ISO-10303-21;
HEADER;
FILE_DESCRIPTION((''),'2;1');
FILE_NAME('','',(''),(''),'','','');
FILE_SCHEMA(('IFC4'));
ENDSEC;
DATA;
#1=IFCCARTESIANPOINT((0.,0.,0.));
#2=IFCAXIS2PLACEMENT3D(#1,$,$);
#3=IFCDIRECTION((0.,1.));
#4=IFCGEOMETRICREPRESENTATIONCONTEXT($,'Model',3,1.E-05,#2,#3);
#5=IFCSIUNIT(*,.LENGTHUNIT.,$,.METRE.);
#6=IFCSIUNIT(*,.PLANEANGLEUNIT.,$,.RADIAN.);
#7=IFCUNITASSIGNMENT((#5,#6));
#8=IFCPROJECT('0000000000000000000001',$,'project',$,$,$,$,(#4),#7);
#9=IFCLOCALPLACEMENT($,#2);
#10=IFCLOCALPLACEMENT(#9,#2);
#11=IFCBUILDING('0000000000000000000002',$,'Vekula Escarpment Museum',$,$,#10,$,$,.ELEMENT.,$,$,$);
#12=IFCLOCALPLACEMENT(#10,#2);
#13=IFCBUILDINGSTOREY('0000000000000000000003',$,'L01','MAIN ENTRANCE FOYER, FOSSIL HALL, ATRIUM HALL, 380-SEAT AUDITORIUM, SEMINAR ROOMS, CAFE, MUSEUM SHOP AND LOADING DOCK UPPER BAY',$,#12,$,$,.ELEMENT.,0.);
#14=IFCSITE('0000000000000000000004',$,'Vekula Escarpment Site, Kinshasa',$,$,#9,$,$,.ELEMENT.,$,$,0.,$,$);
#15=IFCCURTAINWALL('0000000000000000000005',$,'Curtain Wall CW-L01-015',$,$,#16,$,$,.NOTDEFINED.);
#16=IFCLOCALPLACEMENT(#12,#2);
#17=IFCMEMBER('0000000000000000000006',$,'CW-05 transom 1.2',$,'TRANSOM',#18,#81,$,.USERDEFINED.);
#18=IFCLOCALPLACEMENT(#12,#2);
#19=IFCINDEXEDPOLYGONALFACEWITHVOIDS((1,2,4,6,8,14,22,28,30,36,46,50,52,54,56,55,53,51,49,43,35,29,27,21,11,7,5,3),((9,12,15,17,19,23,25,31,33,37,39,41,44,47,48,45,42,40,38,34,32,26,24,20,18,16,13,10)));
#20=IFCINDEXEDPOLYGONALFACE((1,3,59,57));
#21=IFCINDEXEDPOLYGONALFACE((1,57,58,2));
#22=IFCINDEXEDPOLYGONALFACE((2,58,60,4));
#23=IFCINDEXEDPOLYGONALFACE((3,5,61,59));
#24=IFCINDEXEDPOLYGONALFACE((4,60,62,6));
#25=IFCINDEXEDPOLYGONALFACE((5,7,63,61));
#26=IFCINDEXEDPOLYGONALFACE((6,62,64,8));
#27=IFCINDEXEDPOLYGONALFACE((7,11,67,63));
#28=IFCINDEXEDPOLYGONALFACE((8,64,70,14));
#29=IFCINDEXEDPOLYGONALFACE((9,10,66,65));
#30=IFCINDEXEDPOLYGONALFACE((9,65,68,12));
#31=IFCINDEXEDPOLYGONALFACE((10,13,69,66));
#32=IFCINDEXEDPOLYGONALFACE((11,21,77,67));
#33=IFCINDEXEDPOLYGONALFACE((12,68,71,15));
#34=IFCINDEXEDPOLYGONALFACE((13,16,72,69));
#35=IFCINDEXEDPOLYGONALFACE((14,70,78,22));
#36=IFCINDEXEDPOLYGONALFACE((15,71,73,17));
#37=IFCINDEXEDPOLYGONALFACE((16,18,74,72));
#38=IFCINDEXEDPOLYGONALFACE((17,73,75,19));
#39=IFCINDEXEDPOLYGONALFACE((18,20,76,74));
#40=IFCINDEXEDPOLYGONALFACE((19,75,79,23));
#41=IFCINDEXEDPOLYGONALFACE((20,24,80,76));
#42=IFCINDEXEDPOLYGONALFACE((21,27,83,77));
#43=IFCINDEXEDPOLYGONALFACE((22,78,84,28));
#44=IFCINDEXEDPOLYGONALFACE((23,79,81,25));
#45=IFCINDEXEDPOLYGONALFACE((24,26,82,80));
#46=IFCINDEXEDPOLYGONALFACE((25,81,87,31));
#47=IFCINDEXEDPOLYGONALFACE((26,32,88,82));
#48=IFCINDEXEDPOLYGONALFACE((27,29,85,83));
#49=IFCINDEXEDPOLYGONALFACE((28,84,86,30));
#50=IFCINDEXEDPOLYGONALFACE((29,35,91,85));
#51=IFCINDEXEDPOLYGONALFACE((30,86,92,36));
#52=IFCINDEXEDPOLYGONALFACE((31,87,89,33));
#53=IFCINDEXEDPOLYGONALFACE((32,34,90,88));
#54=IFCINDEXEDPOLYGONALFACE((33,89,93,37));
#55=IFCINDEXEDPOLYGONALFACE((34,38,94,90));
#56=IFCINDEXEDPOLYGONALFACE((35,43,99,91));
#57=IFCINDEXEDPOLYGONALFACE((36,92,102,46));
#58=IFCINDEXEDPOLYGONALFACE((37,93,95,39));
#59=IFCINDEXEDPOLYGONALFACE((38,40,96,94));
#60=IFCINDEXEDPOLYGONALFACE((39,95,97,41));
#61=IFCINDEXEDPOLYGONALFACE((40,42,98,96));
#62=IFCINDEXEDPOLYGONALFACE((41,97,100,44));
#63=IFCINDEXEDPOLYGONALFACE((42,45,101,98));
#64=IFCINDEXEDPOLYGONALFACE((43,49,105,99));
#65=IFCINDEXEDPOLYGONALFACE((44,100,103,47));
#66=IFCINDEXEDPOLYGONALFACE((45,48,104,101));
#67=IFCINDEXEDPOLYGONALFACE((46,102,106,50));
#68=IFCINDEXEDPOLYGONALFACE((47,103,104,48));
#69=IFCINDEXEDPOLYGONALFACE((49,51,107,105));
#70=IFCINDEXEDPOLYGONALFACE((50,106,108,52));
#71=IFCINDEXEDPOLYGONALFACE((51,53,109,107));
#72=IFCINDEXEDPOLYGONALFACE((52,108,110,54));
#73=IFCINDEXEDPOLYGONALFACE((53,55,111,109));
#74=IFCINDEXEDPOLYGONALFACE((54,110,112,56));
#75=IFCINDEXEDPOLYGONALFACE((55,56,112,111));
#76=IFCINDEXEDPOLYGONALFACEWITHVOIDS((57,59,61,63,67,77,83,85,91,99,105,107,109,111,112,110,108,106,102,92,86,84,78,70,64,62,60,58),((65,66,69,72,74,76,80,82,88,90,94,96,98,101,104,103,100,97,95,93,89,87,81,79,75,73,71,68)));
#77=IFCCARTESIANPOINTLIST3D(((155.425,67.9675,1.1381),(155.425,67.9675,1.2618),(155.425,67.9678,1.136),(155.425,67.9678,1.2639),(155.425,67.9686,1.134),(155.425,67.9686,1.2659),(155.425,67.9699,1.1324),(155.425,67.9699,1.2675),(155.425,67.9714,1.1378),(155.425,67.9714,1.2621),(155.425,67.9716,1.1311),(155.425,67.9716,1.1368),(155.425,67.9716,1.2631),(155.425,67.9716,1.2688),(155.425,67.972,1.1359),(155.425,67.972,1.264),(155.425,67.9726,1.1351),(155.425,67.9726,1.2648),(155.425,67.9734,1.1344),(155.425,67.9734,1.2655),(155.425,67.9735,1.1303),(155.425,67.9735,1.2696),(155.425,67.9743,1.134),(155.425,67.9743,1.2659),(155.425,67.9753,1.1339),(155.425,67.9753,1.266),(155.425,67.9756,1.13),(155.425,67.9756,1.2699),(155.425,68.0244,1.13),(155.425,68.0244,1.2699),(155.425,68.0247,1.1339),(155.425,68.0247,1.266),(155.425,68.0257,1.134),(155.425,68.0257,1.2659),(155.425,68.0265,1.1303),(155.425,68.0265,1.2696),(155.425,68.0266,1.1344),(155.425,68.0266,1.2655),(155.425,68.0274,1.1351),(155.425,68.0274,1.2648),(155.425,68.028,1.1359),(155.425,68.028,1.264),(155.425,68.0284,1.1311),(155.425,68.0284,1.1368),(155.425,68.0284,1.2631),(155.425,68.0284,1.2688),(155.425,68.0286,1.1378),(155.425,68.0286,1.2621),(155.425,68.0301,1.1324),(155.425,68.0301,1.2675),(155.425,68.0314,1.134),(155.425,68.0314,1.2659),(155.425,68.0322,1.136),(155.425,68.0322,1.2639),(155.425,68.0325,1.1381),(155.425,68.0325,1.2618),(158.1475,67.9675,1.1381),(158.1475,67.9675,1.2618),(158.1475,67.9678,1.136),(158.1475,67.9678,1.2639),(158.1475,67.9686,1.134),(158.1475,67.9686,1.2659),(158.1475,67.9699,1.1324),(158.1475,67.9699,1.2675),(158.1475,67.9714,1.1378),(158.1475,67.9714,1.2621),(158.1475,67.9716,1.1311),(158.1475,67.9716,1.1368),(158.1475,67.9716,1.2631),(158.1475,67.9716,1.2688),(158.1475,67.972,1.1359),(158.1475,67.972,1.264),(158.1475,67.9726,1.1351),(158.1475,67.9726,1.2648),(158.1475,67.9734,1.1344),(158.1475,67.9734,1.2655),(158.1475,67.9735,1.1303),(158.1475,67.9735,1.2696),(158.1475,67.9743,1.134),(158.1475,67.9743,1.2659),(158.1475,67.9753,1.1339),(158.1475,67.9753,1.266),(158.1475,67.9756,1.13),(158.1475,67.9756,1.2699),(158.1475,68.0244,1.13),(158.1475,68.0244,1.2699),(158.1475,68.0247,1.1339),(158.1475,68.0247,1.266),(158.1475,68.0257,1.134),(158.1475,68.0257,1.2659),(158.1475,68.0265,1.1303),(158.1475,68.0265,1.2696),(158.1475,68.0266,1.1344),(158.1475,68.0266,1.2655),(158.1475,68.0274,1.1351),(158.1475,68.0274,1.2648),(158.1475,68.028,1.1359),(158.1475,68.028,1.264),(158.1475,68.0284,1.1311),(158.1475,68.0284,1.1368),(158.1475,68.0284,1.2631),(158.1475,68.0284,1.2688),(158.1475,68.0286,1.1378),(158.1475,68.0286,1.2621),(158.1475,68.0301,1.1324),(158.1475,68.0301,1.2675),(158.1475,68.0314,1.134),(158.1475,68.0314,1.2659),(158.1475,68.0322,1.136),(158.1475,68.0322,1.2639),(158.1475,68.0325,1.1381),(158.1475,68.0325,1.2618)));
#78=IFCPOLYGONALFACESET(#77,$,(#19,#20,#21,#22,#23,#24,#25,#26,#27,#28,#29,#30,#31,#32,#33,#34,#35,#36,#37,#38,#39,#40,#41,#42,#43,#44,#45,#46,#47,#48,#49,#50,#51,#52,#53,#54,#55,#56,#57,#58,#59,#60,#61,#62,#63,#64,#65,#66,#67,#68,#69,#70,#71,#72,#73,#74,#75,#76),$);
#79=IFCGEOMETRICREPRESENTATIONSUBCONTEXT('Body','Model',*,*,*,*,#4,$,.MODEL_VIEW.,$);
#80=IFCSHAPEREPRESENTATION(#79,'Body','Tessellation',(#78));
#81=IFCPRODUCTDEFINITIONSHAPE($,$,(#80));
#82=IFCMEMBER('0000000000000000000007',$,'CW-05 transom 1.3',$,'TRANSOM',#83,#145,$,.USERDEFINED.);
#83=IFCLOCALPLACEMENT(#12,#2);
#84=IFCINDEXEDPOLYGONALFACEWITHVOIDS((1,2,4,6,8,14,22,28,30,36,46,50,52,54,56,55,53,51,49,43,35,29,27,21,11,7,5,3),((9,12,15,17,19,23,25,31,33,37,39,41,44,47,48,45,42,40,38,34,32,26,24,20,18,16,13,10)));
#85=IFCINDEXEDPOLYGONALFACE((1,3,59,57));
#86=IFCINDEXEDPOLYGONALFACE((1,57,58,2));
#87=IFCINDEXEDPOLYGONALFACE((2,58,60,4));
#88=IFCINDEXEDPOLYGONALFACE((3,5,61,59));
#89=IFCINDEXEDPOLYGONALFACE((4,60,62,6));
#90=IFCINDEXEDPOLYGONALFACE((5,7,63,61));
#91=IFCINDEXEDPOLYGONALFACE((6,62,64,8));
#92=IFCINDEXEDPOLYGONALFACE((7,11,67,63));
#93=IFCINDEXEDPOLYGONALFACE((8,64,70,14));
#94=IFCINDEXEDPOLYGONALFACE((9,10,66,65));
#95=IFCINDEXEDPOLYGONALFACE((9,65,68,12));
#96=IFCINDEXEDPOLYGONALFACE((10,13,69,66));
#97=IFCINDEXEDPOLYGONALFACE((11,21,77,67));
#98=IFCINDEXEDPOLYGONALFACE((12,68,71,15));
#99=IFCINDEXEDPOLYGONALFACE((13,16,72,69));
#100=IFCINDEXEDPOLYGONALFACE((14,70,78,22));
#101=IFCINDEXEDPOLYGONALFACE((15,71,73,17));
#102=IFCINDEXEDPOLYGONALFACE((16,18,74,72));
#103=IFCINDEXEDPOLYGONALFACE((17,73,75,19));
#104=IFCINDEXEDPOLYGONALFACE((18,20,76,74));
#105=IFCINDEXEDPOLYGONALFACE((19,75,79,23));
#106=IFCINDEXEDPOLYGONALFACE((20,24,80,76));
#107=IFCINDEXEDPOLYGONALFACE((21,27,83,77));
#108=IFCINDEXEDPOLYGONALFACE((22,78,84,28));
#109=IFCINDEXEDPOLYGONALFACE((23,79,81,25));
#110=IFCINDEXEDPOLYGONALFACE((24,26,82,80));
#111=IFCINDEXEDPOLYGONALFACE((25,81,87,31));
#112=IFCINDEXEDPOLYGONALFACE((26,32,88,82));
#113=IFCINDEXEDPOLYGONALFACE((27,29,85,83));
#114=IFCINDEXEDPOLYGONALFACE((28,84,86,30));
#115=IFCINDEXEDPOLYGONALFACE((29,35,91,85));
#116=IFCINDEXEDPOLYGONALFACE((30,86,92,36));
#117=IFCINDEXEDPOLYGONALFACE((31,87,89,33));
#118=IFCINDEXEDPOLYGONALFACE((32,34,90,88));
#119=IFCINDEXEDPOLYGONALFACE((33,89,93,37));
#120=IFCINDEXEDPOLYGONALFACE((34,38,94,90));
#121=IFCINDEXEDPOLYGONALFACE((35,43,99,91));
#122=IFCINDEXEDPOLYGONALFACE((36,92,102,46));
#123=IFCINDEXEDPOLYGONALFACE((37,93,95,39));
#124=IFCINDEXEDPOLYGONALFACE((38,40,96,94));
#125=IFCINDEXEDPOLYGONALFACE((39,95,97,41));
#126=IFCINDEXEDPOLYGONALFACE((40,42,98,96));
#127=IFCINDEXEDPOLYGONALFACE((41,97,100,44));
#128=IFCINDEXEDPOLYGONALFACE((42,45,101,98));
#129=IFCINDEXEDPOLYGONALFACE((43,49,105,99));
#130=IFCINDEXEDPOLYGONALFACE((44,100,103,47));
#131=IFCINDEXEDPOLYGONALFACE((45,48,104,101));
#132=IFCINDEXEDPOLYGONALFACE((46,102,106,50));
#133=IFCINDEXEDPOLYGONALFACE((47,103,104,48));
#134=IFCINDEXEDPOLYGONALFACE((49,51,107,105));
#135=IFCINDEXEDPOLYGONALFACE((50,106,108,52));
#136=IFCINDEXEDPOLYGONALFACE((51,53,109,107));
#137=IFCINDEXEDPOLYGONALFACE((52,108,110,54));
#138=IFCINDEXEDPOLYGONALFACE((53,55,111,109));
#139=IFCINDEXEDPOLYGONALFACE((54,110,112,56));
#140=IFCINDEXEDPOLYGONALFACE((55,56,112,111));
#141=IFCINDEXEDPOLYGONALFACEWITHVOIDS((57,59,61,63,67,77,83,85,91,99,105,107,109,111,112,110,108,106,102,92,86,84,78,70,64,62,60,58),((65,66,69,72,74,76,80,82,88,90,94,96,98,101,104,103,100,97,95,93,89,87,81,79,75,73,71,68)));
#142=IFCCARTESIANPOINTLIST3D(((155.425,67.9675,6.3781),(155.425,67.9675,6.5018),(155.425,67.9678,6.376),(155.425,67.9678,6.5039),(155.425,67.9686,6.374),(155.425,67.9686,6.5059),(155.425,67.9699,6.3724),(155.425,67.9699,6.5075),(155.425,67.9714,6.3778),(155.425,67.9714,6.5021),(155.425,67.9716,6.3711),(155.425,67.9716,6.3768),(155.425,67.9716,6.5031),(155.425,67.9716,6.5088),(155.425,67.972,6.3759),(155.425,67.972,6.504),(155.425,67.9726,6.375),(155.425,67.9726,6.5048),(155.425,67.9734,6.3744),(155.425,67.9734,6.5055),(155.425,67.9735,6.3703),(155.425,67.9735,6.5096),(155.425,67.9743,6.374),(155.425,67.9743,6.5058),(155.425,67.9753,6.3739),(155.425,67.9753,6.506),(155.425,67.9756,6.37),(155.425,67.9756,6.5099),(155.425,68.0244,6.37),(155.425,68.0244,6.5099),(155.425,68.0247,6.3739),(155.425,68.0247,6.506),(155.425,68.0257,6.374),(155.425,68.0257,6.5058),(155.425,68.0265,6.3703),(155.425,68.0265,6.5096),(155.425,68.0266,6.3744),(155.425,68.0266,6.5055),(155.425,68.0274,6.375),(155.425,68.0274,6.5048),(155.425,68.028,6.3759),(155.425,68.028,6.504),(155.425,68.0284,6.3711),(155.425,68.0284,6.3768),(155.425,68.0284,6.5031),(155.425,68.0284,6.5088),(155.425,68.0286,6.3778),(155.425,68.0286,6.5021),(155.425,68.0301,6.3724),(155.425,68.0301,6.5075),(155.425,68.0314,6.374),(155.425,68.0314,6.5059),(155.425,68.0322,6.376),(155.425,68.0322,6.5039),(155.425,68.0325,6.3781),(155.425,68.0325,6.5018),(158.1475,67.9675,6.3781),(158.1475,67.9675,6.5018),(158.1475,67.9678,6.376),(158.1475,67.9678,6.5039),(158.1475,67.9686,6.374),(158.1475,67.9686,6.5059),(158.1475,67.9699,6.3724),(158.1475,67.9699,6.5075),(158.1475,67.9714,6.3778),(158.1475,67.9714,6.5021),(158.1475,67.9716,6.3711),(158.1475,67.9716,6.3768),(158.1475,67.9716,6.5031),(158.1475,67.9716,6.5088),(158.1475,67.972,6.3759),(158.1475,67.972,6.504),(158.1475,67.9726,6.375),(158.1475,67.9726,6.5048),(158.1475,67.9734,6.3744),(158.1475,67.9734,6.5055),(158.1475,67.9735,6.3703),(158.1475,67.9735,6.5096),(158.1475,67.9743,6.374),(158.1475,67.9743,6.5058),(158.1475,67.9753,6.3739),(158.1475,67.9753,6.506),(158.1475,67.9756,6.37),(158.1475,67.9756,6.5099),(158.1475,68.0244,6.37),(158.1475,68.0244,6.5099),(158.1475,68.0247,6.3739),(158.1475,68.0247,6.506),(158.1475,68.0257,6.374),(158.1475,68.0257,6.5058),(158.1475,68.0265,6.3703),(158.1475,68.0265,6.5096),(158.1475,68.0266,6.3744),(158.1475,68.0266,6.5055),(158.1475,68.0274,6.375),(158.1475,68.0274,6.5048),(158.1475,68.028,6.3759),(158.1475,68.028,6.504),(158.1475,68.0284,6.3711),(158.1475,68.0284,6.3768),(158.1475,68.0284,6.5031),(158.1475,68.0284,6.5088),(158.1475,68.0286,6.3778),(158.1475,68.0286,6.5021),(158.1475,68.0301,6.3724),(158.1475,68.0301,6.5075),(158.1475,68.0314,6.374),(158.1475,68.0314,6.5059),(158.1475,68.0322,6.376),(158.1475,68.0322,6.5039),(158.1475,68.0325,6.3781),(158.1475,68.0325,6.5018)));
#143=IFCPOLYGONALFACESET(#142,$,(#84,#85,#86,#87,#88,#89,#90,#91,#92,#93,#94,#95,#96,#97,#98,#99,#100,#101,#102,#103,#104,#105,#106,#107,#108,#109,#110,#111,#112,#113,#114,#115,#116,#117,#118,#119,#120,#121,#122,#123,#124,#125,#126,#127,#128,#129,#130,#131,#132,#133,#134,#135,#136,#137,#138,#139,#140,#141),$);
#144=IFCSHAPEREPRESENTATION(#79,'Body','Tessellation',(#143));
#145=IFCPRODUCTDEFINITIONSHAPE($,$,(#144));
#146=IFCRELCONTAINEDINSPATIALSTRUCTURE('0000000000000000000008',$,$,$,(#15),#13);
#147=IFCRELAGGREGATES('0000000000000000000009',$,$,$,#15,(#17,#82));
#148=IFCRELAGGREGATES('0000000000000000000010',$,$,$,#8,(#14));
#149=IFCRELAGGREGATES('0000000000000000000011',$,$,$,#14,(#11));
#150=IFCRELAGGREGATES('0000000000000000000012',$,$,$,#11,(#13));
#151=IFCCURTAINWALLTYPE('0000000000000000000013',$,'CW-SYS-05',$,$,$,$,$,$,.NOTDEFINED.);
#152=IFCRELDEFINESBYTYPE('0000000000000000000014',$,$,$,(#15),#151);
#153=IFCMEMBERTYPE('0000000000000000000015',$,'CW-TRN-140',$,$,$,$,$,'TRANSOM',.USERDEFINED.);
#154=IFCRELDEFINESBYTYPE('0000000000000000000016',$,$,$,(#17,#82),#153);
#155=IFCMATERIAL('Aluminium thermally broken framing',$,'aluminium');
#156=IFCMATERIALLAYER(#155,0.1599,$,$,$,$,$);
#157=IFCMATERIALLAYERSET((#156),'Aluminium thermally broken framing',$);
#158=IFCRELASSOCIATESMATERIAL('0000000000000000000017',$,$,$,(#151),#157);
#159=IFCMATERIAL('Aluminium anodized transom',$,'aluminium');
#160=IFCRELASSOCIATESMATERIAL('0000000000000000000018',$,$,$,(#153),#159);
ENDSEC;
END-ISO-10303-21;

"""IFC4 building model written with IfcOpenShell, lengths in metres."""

from ifc_helpers import new_model, si_unit, direction, frame, origin, origin_2d, place, context, subcontext, project, spatial, hollow_rectangle, extrude, material, layer, layer_set, material_profile, profile_set, type_object, element, aggregate, save


model = new_model("IFC4")

# Units and contexts
model_context = context("Model", 3, precision=1e-05, world=origin(), true_north=direction((0.0, 1.0)))
body_context = subcontext(model_context, "Body", "Model", "MODEL_VIEW")
ifc_project = project(units=[si_unit("LENGTHUNIT", "METRE"), si_unit("PLANEANGLEUNIT", "RADIAN")], contexts=[model_context])

# Site, building, storey
site_placement = place(None, origin())
site = spatial("IfcSite", under=ifc_project, at=site_placement, Name="Vekula Escarpment Site, Kinshasa", CompositionType="ELEMENT", RefElevation=0.0)
building_placement = place(site_placement, origin())
building = spatial("IfcBuilding", under=site, at=building_placement, Name="Vekula Escarpment Museum", CompositionType="ELEMENT")
storey_placement = place(building_placement, origin())
storey = spatial("IfcBuildingStorey", under=building, at=storey_placement, Name="L01", Description="MAIN ENTRANCE FOYER, FOSSIL HALL, ATRIUM HALL, 380-SEAT AUDITORIUM, SEMINAR ROOMS, CAFE, MUSEUM SHOP AND LOADING DOCK UPPER BAY", CompositionType="ELEMENT", Elevation=0.0)

# Curtain wall, members
ifc_material_1 = material(Name="Aluminium thermally broken framing", Category="aluminium")
ifc_layer_1 = layer(ifc_material_1, 0.1599)
ifc_layer_set_1 = layer_set([ifc_layer_1], Name="Aluminium thermally broken framing")
curtain_wall_type_1 = type_object("IfcCurtainWallType", Name="CW-SYS-05", PredefinedType="NOTDEFINED", material=ifc_layer_set_1)
curtain_wall_1_placement = place(storey_placement, origin())
curtain_wall_1 = element("IfcCurtainWall", 1, at=curtain_wall_1_placement, inside=storey, type_object=curtain_wall_type_1, Name="Curtain Wall CW-L01-015", PredefinedType="NOTDEFINED")
ifc_material_2 = material(Name="Aluminium anodized transom", Category="aluminium")
ifc_material_profile_1 = material_profile(ifc_material_2, hollow_rectangle(XDim=0.0649, YDim=0.1399, WallThickness=0.0039, InnerFilletRadius=0.0039, OuterFilletRadius=0.0081, at=origin_2d()), Name="ALU 140x65x4")
ifc_profile_set_1 = profile_set([ifc_material_profile_1], Name="Aluminium anodized transom")
member_type_1 = type_object("IfcMemberType", Name="CW-TRN-140", ElementType="TRANSOM", PredefinedType="USERDEFINED", material=ifc_profile_set_1)
member_1_placement = place(storey_placement, frame((155.425, 68.0, 1.2), z_axis=(1.0, 0.0, 0.0), x_axis=(0.0, 1.0, 0.0)))
member_1 = element("IfcMember", 2, at=member_1_placement, type_object=member_type_1, Name="CW-05 transom 1.2", ObjectType="TRANSOM", PredefinedType="USERDEFINED", context=body_context, shape_type="SweptSolid", body=[
    extrude(hollow_rectangle(XDim=0.0649, YDim=0.1399, WallThickness=0.0039, InnerFilletRadius=0.0039, OuterFilletRadius=0.0081, at=origin_2d()), origin(), (0.0, 0.0, 1.0), 2.7224),
])
member_2_placement = place(storey_placement, frame((155.425, 68.0, 6.4399), z_axis=(1.0, 0.0, 0.0), x_axis=(0.0, 1.0, 0.0)))
member_2 = element("IfcMember", 3, at=member_2_placement, type_object=member_type_1, Name="CW-05 transom 1.3", ObjectType="TRANSOM", PredefinedType="USERDEFINED", context=body_context, shape_type="SweptSolid", body=[
    extrude(hollow_rectangle(XDim=0.0649, YDim=0.1399, WallThickness=0.0039, InnerFilletRadius=0.0039, OuterFilletRadius=0.0081, at=origin_2d()), origin(), (0.0, 0.0, 1.0), 2.7224),
])

aggregate(curtain_wall_1, [member_1, member_2])

save(model, "model.ifc")
